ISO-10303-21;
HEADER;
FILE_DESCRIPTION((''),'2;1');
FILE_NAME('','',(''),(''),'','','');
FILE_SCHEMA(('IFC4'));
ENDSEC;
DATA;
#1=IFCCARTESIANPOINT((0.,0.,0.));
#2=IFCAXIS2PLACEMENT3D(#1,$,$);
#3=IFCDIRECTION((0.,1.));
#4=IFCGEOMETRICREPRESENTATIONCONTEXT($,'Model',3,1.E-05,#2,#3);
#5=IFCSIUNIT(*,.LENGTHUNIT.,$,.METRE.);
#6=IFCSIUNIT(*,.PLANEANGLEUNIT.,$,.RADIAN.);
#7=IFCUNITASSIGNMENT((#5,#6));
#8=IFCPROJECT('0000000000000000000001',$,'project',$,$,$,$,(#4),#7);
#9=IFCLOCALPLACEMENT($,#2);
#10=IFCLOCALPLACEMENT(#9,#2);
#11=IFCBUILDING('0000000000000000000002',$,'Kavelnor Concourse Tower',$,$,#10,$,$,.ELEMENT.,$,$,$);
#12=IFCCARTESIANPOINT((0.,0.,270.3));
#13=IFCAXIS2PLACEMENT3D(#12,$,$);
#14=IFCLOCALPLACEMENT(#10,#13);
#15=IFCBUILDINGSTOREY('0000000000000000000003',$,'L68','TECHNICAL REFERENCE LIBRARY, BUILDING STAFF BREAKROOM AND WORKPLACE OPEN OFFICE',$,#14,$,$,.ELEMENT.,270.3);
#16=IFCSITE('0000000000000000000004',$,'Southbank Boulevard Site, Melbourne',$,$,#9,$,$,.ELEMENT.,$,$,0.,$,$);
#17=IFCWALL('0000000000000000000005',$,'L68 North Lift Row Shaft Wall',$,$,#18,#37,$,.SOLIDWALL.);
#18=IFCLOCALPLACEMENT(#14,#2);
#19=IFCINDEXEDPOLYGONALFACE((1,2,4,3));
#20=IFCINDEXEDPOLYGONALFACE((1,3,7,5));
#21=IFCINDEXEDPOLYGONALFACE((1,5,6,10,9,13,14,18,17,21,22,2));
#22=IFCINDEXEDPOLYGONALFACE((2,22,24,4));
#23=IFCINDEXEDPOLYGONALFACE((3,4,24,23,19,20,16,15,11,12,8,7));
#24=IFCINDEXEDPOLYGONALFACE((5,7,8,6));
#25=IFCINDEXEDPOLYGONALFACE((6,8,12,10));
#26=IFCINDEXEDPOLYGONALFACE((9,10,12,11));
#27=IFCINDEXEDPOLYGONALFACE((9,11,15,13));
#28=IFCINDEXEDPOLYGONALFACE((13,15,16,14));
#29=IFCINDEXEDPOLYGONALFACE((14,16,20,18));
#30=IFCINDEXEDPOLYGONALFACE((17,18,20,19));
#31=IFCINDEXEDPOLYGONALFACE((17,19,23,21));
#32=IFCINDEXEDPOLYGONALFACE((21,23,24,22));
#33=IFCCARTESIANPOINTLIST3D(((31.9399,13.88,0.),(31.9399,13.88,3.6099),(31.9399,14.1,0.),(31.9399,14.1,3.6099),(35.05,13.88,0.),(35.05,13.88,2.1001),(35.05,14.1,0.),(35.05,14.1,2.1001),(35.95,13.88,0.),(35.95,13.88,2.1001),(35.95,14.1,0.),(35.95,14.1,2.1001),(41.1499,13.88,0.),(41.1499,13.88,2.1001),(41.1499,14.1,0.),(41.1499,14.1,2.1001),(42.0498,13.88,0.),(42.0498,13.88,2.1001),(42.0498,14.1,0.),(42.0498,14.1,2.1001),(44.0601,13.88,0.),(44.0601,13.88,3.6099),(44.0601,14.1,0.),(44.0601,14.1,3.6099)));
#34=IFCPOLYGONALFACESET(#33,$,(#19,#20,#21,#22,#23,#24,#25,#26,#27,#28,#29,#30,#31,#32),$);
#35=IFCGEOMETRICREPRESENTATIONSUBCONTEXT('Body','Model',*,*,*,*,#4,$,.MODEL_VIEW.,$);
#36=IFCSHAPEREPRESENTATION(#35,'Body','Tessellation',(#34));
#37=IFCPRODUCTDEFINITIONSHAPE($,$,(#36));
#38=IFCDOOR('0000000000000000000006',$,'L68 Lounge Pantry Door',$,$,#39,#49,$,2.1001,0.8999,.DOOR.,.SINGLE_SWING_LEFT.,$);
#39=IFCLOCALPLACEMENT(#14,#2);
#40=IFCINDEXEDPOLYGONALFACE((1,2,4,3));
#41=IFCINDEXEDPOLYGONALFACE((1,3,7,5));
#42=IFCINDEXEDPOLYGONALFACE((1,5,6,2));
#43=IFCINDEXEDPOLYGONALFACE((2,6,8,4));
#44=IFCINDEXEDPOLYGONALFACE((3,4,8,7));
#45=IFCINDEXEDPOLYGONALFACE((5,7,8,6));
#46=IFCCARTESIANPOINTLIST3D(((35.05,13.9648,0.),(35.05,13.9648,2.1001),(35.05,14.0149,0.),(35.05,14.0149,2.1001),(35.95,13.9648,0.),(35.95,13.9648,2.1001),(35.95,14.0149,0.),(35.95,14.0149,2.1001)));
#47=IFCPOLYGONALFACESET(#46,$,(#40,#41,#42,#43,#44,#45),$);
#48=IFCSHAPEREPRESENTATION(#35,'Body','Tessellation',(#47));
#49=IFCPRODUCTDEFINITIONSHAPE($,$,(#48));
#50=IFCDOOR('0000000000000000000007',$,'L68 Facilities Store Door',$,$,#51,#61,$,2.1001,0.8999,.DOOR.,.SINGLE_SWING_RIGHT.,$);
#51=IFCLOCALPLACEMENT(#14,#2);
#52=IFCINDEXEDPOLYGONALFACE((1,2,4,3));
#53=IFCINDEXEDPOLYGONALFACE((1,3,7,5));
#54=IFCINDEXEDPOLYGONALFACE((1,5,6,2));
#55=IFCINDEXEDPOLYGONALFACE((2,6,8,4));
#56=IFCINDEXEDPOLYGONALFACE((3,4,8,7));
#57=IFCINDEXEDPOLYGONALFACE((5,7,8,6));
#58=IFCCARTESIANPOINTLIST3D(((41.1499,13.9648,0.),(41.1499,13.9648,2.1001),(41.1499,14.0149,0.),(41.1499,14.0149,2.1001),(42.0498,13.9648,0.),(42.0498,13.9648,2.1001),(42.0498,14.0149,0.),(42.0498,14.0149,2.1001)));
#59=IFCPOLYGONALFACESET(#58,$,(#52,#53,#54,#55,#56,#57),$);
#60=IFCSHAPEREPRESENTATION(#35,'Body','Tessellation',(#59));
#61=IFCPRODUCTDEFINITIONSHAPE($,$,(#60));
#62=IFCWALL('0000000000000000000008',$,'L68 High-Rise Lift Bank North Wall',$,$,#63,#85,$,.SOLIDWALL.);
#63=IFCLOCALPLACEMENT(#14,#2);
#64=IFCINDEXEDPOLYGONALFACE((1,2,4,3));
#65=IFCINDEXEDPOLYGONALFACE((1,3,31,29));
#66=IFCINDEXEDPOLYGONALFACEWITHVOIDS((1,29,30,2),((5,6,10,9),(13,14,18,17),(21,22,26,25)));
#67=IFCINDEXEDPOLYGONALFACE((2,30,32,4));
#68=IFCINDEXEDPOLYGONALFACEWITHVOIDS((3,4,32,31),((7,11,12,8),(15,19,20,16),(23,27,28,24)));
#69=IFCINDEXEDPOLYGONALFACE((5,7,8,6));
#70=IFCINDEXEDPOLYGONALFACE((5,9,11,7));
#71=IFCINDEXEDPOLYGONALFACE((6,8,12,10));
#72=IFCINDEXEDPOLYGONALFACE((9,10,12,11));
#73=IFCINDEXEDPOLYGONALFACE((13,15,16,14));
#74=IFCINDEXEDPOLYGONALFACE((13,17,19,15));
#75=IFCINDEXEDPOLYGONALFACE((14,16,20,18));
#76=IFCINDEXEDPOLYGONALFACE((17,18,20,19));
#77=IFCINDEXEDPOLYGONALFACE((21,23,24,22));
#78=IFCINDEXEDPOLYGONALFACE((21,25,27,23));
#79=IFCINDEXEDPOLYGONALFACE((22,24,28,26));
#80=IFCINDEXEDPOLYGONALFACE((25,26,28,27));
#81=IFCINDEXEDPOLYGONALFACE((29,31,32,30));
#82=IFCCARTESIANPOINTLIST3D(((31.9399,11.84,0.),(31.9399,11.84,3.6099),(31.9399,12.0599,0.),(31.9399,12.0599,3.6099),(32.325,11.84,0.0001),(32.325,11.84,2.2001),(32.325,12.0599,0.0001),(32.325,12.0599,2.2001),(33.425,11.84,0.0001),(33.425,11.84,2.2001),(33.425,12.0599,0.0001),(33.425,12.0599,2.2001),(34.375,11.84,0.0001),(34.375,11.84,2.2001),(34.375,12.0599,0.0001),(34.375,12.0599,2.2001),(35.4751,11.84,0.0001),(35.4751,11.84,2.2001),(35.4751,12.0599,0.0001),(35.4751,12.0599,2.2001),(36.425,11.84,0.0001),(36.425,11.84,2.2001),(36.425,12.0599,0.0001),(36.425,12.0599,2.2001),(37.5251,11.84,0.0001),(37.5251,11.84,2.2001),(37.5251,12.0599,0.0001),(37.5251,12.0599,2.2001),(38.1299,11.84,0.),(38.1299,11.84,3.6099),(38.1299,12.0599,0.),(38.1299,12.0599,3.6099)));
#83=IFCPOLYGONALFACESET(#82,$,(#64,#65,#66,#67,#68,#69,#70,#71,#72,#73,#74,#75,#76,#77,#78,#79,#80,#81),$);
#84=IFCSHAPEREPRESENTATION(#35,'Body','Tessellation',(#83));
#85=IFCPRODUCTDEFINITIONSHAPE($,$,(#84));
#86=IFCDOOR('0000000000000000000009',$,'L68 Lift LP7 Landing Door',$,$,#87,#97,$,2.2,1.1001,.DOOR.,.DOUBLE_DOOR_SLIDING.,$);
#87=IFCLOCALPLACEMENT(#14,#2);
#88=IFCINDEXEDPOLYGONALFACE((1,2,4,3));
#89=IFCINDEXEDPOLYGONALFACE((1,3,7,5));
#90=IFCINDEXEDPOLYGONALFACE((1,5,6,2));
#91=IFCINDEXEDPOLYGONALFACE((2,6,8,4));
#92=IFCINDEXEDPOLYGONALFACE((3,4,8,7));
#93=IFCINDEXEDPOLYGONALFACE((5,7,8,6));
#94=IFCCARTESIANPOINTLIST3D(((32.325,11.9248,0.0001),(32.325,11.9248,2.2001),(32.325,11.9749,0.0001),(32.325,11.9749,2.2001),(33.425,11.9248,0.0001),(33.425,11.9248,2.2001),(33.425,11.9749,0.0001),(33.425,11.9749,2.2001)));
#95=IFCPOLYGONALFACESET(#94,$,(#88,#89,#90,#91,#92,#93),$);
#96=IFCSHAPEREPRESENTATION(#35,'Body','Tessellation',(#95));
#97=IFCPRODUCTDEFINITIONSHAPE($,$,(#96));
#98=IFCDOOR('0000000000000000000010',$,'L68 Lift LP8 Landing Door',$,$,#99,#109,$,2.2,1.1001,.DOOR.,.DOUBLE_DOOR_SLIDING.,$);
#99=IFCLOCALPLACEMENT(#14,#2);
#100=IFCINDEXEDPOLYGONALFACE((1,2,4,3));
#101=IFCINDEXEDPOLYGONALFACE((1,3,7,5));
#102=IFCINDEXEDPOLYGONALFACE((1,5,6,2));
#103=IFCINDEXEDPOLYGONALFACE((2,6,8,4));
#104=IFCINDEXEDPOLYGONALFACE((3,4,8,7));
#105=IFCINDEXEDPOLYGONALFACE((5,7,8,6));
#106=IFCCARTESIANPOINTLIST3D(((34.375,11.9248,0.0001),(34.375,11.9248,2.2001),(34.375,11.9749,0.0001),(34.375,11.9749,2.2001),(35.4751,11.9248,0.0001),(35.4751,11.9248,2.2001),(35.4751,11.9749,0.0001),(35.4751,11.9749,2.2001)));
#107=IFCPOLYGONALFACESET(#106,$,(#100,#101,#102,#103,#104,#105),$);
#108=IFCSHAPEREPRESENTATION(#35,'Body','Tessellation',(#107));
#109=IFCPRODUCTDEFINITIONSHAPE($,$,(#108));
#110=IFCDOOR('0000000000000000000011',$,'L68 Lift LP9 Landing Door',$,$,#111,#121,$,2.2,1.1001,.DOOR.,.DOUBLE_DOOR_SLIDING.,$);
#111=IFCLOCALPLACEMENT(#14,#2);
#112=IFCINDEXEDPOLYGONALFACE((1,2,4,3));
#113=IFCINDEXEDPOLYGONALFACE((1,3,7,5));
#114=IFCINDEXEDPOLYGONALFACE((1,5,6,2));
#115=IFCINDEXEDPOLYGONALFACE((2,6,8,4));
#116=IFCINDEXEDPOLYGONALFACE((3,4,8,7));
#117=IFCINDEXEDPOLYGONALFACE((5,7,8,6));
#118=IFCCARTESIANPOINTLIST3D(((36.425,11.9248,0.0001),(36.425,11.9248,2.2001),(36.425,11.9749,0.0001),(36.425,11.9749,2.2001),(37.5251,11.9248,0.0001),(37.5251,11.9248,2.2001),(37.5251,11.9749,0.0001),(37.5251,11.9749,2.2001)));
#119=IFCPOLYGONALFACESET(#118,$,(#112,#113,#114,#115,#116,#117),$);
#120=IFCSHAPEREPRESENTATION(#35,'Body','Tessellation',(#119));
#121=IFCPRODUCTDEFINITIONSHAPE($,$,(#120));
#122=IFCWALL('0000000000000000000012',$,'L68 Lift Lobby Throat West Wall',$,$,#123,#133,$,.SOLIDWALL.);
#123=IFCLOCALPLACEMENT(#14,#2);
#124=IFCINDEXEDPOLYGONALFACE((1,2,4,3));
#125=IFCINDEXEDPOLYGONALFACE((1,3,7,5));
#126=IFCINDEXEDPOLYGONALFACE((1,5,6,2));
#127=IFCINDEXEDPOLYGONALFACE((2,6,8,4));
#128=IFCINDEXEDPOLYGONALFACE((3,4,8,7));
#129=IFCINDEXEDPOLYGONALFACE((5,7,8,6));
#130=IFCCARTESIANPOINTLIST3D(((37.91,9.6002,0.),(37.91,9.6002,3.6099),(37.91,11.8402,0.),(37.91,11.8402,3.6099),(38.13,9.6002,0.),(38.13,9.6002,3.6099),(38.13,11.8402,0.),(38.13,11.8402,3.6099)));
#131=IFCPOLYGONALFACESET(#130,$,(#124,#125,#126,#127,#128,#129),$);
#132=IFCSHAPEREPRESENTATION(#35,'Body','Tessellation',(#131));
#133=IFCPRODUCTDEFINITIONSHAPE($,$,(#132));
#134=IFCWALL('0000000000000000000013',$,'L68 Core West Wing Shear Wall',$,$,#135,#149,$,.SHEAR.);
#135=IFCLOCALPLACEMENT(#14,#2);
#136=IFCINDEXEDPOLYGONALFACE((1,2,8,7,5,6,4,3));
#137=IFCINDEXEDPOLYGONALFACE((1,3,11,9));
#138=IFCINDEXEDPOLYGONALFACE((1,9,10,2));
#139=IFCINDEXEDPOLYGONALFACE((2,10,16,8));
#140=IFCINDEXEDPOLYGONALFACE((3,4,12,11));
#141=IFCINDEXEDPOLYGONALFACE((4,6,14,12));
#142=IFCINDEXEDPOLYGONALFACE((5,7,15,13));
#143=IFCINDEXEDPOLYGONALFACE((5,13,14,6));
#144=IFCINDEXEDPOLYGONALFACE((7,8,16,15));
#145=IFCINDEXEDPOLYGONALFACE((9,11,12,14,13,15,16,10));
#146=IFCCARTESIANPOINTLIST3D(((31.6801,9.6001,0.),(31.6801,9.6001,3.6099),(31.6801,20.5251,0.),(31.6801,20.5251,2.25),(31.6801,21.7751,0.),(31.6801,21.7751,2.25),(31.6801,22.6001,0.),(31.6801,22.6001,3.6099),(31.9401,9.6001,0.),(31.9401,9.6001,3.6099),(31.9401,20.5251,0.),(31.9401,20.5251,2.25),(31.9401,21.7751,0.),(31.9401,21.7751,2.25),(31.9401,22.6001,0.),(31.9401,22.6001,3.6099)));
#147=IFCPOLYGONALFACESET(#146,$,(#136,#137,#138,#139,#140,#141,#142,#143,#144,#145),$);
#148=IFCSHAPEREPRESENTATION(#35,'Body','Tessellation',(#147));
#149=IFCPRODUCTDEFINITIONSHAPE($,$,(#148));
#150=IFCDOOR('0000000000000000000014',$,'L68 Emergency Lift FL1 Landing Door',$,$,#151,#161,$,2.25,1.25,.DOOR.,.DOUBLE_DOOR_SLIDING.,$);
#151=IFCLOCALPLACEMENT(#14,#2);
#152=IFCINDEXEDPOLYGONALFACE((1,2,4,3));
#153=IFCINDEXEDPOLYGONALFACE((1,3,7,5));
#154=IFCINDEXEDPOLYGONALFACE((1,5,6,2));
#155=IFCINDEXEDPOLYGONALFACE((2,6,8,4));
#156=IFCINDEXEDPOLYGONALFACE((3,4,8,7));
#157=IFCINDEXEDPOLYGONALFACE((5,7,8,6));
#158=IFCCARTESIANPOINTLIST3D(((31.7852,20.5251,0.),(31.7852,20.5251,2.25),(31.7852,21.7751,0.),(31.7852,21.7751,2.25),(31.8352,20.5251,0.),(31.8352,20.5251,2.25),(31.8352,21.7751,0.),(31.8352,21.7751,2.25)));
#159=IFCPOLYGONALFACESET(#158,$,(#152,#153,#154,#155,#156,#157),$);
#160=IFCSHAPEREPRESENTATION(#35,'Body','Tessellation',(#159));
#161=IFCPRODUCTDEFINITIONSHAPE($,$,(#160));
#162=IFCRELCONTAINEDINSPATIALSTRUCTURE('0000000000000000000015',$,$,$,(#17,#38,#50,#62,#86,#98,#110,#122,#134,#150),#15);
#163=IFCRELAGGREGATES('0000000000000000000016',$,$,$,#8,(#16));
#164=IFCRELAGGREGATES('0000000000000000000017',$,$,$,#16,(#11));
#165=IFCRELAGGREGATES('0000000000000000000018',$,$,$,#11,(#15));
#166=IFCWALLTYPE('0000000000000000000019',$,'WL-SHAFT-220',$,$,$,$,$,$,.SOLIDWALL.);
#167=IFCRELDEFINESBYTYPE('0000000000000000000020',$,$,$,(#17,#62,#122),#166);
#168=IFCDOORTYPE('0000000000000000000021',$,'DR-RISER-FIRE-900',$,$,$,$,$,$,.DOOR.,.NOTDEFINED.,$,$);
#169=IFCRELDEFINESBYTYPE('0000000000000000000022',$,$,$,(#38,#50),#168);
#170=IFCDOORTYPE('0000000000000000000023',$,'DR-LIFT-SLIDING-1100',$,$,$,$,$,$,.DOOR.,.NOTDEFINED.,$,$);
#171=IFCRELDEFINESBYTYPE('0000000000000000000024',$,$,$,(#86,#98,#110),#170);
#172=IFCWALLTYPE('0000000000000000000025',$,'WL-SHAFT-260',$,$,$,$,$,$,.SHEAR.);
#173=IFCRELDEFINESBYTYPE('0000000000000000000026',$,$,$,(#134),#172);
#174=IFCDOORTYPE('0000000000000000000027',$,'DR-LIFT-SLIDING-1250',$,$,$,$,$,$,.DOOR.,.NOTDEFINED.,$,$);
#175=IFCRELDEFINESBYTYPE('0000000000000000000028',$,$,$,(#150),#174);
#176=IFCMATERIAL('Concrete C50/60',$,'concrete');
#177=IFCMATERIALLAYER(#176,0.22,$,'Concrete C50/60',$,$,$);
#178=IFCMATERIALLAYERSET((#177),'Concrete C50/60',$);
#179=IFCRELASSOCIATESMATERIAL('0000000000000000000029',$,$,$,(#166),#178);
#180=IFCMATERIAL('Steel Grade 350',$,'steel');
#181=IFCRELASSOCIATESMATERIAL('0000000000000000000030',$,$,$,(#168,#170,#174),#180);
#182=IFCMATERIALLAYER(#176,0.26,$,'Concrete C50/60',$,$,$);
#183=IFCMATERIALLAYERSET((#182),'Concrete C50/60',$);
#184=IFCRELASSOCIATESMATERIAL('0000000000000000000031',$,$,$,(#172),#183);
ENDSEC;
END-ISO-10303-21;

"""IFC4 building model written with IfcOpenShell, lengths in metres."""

from ifc_helpers import new_model, si_unit, direction, frame, frame_2d, origin, place, context, subcontext, project, spatial, rectangle, extrude, material, layer, layer_set, type_object, element, fill, save


model = new_model("IFC4")

# Units and contexts
model_context = context("Model", 3, precision=1e-05, world=origin(), true_north=direction((0.0, 1.0)))
body_context = subcontext(model_context, "Body", "Model", "MODEL_VIEW")
ifc_project = project(units=[si_unit("LENGTHUNIT", "METRE"), si_unit("PLANEANGLEUNIT", "RADIAN")], contexts=[model_context])

# Site, building, storey
site_placement = place(None, origin())
site = spatial("IfcSite", under=ifc_project, at=site_placement, Name="Southbank Boulevard Site, Melbourne", CompositionType="ELEMENT", RefElevation=0.0)
building_placement = place(site_placement, origin())
building = spatial("IfcBuilding", under=site, at=building_placement, Name="Kavelnor Concourse Tower", CompositionType="ELEMENT")
storey_placement = place(building_placement, frame((0.0, 0.0, 270.3)))
storey = spatial("IfcBuildingStorey", under=building, at=storey_placement, Name="L68", Description="TECHNICAL REFERENCE LIBRARY, BUILDING STAFF BREAKROOM AND WORKPLACE OPEN OFFICE", CompositionType="ELEMENT", Elevation=270.3)

# Shared definitions
ifc_material_1 = material(Name="Steel Grade 350", Category="steel")

# Walls, openings, doors
ifc_material_2 = material(Name="Concrete C50/60", Category="concrete")
ifc_layer_1 = layer(ifc_material_2, 0.22, Name="Concrete C50/60")
ifc_layer_set_1 = layer_set([ifc_layer_1], Name="Concrete C50/60")
wall_type_1 = type_object("IfcWallType", Name="WL-SHAFT-220", PredefinedType="SOLIDWALL", material=ifc_layer_set_1)
wall_1_placement = place(storey_placement, frame((31.9399, 13.99, 0.0), z_axis=(0.0, 0.0, 1.0), x_axis=(1.0, 0.0, 0.0)))
wall_1 = element("IfcWall", 1, at=wall_1_placement, inside=storey, type_object=wall_type_1, Name="L68 North Lift Row Shaft Wall", PredefinedType="SOLIDWALL", context=body_context, shape_type="SweptSolid", body=[
    extrude(rectangle(XDim=12.1201, YDim=0.22, at=frame_2d((6.0601, 0.0))), origin(), (0.0, 0.0, 1.0), 3.6099),
])
opening_1_placement = place(wall_1_placement, frame((3.1101, 0.0, 0.0)))
opening_1 = element("IfcOpeningElement", 2, at=opening_1_placement, cuts=wall_1, PredefinedType="OPENING", context=body_context, shape_type="SweptSolid", body=[
    extrude(rectangle(XDim=0.8999, YDim=2.1001, at=frame_2d((0.45, 1.05))), frame((0.0, 0.1201, 0.0), z_axis=(0.0, -1.0, 0.0), x_axis=(1.0, 0.0, 0.0)), (0.0, 0.0, 1.0), 0.24),
])
opening_2_placement = place(wall_1_placement, frame((9.21, 0.0, 0.0)))
opening_2 = element("IfcOpeningElement", 3, at=opening_2_placement, cuts=wall_1, PredefinedType="OPENING", context=body_context, shape_type="SweptSolid", body=[
    extrude(rectangle(XDim=0.8999, YDim=2.1001, at=frame_2d((0.45, 1.05))), frame((0.0, 0.1201, 0.0), z_axis=(0.0, -1.0, 0.0), x_axis=(1.0, 0.0, 0.0)), (0.0, 0.0, 1.0), 0.24),
])
door_type_1 = type_object("IfcDoorType", Name="DR-RISER-FIRE-900", OperationType="NOTDEFINED", PredefinedType="DOOR", material=ifc_material_1)
door_1_placement = place(opening_1_placement, origin())
door_1 = element("IfcDoor", 4, at=door_1_placement, inside=storey, type_object=door_type_1, Name="L68 Lounge Pantry Door", OperationType="SINGLE_SWING_LEFT", OverallHeight=2.1001, OverallWidth=0.8999, PredefinedType="DOOR", context=body_context, shape_type="SweptSolid", body=[
    extrude(rectangle(XDim=0.8999, YDim=2.1001, at=frame_2d((0.45, 1.05))), frame((0.0, 0.0249, 0.0), z_axis=(0.0, -1.0, 0.0), x_axis=(1.0, 0.0, 0.0)), (0.0, 0.0, 1.0), 0.05),
])
fill(opening_1, door_1)
door_2_placement = place(opening_2_placement, origin())
door_2 = element("IfcDoor", 5, at=door_2_placement, inside=storey, type_object=door_type_1, Name="L68 Facilities Store Door", OperationType="SINGLE_SWING_RIGHT", OverallHeight=2.1001, OverallWidth=0.8999, PredefinedType="DOOR", context=body_context, shape_type="SweptSolid", body=[
    extrude(rectangle(XDim=0.8999, YDim=2.1001, at=frame_2d((0.45, 1.05))), frame((0.0, 0.0249, 0.0), z_axis=(0.0, -1.0, 0.0), x_axis=(1.0, 0.0, 0.0)), (0.0, 0.0, 1.0), 0.05),
])
fill(opening_2, door_2)
wall_2_placement = place(storey_placement, frame((31.9399, 11.95, 0.0), z_axis=(0.0, 0.0, 1.0), x_axis=(1.0, 0.0, 0.0)))
wall_2 = element("IfcWall", 6, at=wall_2_placement, inside=storey, type_object=wall_type_1, Name="L68 High-Rise Lift Bank North Wall", PredefinedType="SOLIDWALL", context=body_context, shape_type="SweptSolid", body=[
    extrude(rectangle(XDim=6.1899, YDim=0.22, at=frame_2d((3.095, 0.0))), origin(), (0.0, 0.0, 1.0), 3.6099),
])
opening_3_placement = place(wall_2_placement, frame((0.385, 0.0, 0.0)))
opening_3 = element("IfcOpeningElement", 7, at=opening_3_placement, cuts=wall_2, PredefinedType="OPENING", context=body_context, shape_type="SweptSolid", body=[
    extrude(rectangle(XDim=1.1001, YDim=2.2, at=frame_2d((0.55, 1.1001))), frame((0.0, 0.1201, 0.0), z_axis=(0.0, -1.0, 0.0), x_axis=(1.0, 0.0, 0.0)), (0.0, 0.0, 1.0), 0.24),
])
opening_4_placement = place(wall_2_placement, frame((2.4351, 0.0, 0.0)))
opening_4 = element("IfcOpeningElement", 8, at=opening_4_placement, cuts=wall_2, PredefinedType="OPENING", context=body_context, shape_type="SweptSolid", body=[
    extrude(rectangle(XDim=1.1001, YDim=2.2, at=frame_2d((0.55, 1.1001))), frame((0.0, 0.1201, 0.0), z_axis=(0.0, -1.0, 0.0), x_axis=(1.0, 0.0, 0.0)), (0.0, 0.0, 1.0), 0.24),
])
opening_5_placement = place(wall_2_placement, frame((4.4851, 0.0, 0.0)))
opening_5 = element("IfcOpeningElement", 9, at=opening_5_placement, cuts=wall_2, PredefinedType="OPENING", context=body_context, shape_type="SweptSolid", body=[
    extrude(rectangle(XDim=1.1001, YDim=2.2, at=frame_2d((0.55, 1.1001))), frame((0.0, 0.1201, 0.0), z_axis=(0.0, -1.0, 0.0), x_axis=(1.0, 0.0, 0.0)), (0.0, 0.0, 1.0), 0.24),
])
door_type_2 = type_object("IfcDoorType", Name="DR-LIFT-SLIDING-1100", OperationType="NOTDEFINED", PredefinedType="DOOR", material=ifc_material_1)
door_3_placement = place(opening_3_placement, origin())
door_3 = element("IfcDoor", 10, at=door_3_placement, inside=storey, type_object=door_type_2, Name="L68 Lift LP7 Landing Door", OperationType="DOUBLE_DOOR_SLIDING", OverallHeight=2.2, OverallWidth=1.1001, PredefinedType="DOOR", context=body_context, shape_type="SweptSolid", body=[
    extrude(rectangle(XDim=1.1001, YDim=2.2, at=frame_2d((0.55, 1.1001))), frame((0.0, 0.0249, 0.0), z_axis=(0.0, -1.0, 0.0), x_axis=(1.0, 0.0, 0.0)), (0.0, 0.0, 1.0), 0.05),
])
fill(opening_3, door_3)
door_4_placement = place(opening_4_placement, origin())
door_4 = element("IfcDoor", 11, at=door_4_placement, inside=storey, type_object=door_type_2, Name="L68 Lift LP8 Landing Door", OperationType="DOUBLE_DOOR_SLIDING", OverallHeight=2.2, OverallWidth=1.1001, PredefinedType="DOOR", context=body_context, shape_type="SweptSolid", body=[
    extrude(rectangle(XDim=1.1001, YDim=2.2, at=frame_2d((0.55, 1.1001))), frame((0.0, 0.0249, 0.0), z_axis=(0.0, -1.0, 0.0), x_axis=(1.0, 0.0, 0.0)), (0.0, 0.0, 1.0), 0.05),
])
fill(opening_4, door_4)
door_5_placement = place(opening_5_placement, origin())
door_5 = element("IfcDoor", 12, at=door_5_placement, inside=storey, type_object=door_type_2, Name="L68 Lift LP9 Landing Door", OperationType="DOUBLE_DOOR_SLIDING", OverallHeight=2.2, OverallWidth=1.1001, PredefinedType="DOOR", context=body_context, shape_type="SweptSolid", body=[
    extrude(rectangle(XDim=1.1001, YDim=2.2, at=frame_2d((0.55, 1.1001))), frame((0.0, 0.0249, 0.0), z_axis=(0.0, -1.0, 0.0), x_axis=(1.0, 0.0, 0.0)), (0.0, 0.0, 1.0), 0.05),
])
fill(opening_5, door_5)

# Wall
wall_3_placement = place(storey_placement, frame((38.02, 9.6001, 0.0), z_axis=(0.0, 0.0, 1.0), x_axis=(0.0, 1.0, 0.0)))
element("IfcWall", 13, at=wall_3_placement, inside=storey, type_object=wall_type_1, Name="L68 Lift Lobby Throat West Wall", PredefinedType="SOLIDWALL", context=body_context, shape_type="SweptSolid", body=[
    extrude(rectangle(XDim=2.24, YDim=0.22, at=frame_2d((1.1201, 0.0))), origin(), (0.0, 0.0, 1.0), 3.6099),
])

# Wall, opening, door
ifc_layer_2 = layer(ifc_material_2, 0.26, Name="Concrete C50/60")
ifc_layer_set_2 = layer_set([ifc_layer_2], Name="Concrete C50/60")
wall_type_2 = type_object("IfcWallType", Name="WL-SHAFT-260", PredefinedType="SHEAR", material=ifc_layer_set_2)
wall_4_placement = place(storey_placement, frame((31.8101, 9.6001, 0.0), z_axis=(0.0, 0.0, 1.0), x_axis=(0.0, 1.0, 0.0)))
wall_4 = element("IfcWall", 14, at=wall_4_placement, inside=storey, type_object=wall_type_2, Name="L68 Core West Wing Shear Wall", PredefinedType="SHEAR", context=body_context, shape_type="SweptSolid", body=[
    extrude(rectangle(XDim=13.0, YDim=0.26, at=frame_2d((6.5, 0.0))), origin(), (0.0, 0.0, 1.0), 3.6099),
])
opening_6_placement = place(wall_4_placement, frame((10.925, 0.0, 0.0)))
opening_6 = element("IfcOpeningElement", 15, at=opening_6_placement, cuts=wall_4, PredefinedType="OPENING", context=body_context, shape_type="SweptSolid", body=[
    extrude(rectangle(XDim=1.25, YDim=2.25, at=frame_2d((0.625, 1.125))), frame((0.0, 0.1401, 0.0), z_axis=(0.0, -1.0, 0.0), x_axis=(1.0, 0.0, 0.0)), (0.0, 0.0, 1.0), 0.28),
])
door_type_3 = type_object("IfcDoorType", Name="DR-LIFT-SLIDING-1250", OperationType="NOTDEFINED", PredefinedType="DOOR", material=ifc_material_1)
door_6_placement = place(opening_6_placement, origin())
door_6 = element("IfcDoor", 16, at=door_6_placement, inside=storey, type_object=door_type_3, Name="L68 Emergency Lift FL1 Landing Door", OperationType="DOUBLE_DOOR_SLIDING", OverallHeight=2.25, OverallWidth=1.25, PredefinedType="DOOR", context=body_context, shape_type="SweptSolid", body=[
    extrude(rectangle(XDim=1.25, YDim=2.25, at=frame_2d((0.625, 1.125))), frame((0.0, 0.0249, 0.0), z_axis=(0.0, -1.0, 0.0), x_axis=(1.0, 0.0, 0.0)), (0.0, 0.0, 1.0), 0.05),
])
fill(opening_6, door_6)

save(model, "model.ifc")
